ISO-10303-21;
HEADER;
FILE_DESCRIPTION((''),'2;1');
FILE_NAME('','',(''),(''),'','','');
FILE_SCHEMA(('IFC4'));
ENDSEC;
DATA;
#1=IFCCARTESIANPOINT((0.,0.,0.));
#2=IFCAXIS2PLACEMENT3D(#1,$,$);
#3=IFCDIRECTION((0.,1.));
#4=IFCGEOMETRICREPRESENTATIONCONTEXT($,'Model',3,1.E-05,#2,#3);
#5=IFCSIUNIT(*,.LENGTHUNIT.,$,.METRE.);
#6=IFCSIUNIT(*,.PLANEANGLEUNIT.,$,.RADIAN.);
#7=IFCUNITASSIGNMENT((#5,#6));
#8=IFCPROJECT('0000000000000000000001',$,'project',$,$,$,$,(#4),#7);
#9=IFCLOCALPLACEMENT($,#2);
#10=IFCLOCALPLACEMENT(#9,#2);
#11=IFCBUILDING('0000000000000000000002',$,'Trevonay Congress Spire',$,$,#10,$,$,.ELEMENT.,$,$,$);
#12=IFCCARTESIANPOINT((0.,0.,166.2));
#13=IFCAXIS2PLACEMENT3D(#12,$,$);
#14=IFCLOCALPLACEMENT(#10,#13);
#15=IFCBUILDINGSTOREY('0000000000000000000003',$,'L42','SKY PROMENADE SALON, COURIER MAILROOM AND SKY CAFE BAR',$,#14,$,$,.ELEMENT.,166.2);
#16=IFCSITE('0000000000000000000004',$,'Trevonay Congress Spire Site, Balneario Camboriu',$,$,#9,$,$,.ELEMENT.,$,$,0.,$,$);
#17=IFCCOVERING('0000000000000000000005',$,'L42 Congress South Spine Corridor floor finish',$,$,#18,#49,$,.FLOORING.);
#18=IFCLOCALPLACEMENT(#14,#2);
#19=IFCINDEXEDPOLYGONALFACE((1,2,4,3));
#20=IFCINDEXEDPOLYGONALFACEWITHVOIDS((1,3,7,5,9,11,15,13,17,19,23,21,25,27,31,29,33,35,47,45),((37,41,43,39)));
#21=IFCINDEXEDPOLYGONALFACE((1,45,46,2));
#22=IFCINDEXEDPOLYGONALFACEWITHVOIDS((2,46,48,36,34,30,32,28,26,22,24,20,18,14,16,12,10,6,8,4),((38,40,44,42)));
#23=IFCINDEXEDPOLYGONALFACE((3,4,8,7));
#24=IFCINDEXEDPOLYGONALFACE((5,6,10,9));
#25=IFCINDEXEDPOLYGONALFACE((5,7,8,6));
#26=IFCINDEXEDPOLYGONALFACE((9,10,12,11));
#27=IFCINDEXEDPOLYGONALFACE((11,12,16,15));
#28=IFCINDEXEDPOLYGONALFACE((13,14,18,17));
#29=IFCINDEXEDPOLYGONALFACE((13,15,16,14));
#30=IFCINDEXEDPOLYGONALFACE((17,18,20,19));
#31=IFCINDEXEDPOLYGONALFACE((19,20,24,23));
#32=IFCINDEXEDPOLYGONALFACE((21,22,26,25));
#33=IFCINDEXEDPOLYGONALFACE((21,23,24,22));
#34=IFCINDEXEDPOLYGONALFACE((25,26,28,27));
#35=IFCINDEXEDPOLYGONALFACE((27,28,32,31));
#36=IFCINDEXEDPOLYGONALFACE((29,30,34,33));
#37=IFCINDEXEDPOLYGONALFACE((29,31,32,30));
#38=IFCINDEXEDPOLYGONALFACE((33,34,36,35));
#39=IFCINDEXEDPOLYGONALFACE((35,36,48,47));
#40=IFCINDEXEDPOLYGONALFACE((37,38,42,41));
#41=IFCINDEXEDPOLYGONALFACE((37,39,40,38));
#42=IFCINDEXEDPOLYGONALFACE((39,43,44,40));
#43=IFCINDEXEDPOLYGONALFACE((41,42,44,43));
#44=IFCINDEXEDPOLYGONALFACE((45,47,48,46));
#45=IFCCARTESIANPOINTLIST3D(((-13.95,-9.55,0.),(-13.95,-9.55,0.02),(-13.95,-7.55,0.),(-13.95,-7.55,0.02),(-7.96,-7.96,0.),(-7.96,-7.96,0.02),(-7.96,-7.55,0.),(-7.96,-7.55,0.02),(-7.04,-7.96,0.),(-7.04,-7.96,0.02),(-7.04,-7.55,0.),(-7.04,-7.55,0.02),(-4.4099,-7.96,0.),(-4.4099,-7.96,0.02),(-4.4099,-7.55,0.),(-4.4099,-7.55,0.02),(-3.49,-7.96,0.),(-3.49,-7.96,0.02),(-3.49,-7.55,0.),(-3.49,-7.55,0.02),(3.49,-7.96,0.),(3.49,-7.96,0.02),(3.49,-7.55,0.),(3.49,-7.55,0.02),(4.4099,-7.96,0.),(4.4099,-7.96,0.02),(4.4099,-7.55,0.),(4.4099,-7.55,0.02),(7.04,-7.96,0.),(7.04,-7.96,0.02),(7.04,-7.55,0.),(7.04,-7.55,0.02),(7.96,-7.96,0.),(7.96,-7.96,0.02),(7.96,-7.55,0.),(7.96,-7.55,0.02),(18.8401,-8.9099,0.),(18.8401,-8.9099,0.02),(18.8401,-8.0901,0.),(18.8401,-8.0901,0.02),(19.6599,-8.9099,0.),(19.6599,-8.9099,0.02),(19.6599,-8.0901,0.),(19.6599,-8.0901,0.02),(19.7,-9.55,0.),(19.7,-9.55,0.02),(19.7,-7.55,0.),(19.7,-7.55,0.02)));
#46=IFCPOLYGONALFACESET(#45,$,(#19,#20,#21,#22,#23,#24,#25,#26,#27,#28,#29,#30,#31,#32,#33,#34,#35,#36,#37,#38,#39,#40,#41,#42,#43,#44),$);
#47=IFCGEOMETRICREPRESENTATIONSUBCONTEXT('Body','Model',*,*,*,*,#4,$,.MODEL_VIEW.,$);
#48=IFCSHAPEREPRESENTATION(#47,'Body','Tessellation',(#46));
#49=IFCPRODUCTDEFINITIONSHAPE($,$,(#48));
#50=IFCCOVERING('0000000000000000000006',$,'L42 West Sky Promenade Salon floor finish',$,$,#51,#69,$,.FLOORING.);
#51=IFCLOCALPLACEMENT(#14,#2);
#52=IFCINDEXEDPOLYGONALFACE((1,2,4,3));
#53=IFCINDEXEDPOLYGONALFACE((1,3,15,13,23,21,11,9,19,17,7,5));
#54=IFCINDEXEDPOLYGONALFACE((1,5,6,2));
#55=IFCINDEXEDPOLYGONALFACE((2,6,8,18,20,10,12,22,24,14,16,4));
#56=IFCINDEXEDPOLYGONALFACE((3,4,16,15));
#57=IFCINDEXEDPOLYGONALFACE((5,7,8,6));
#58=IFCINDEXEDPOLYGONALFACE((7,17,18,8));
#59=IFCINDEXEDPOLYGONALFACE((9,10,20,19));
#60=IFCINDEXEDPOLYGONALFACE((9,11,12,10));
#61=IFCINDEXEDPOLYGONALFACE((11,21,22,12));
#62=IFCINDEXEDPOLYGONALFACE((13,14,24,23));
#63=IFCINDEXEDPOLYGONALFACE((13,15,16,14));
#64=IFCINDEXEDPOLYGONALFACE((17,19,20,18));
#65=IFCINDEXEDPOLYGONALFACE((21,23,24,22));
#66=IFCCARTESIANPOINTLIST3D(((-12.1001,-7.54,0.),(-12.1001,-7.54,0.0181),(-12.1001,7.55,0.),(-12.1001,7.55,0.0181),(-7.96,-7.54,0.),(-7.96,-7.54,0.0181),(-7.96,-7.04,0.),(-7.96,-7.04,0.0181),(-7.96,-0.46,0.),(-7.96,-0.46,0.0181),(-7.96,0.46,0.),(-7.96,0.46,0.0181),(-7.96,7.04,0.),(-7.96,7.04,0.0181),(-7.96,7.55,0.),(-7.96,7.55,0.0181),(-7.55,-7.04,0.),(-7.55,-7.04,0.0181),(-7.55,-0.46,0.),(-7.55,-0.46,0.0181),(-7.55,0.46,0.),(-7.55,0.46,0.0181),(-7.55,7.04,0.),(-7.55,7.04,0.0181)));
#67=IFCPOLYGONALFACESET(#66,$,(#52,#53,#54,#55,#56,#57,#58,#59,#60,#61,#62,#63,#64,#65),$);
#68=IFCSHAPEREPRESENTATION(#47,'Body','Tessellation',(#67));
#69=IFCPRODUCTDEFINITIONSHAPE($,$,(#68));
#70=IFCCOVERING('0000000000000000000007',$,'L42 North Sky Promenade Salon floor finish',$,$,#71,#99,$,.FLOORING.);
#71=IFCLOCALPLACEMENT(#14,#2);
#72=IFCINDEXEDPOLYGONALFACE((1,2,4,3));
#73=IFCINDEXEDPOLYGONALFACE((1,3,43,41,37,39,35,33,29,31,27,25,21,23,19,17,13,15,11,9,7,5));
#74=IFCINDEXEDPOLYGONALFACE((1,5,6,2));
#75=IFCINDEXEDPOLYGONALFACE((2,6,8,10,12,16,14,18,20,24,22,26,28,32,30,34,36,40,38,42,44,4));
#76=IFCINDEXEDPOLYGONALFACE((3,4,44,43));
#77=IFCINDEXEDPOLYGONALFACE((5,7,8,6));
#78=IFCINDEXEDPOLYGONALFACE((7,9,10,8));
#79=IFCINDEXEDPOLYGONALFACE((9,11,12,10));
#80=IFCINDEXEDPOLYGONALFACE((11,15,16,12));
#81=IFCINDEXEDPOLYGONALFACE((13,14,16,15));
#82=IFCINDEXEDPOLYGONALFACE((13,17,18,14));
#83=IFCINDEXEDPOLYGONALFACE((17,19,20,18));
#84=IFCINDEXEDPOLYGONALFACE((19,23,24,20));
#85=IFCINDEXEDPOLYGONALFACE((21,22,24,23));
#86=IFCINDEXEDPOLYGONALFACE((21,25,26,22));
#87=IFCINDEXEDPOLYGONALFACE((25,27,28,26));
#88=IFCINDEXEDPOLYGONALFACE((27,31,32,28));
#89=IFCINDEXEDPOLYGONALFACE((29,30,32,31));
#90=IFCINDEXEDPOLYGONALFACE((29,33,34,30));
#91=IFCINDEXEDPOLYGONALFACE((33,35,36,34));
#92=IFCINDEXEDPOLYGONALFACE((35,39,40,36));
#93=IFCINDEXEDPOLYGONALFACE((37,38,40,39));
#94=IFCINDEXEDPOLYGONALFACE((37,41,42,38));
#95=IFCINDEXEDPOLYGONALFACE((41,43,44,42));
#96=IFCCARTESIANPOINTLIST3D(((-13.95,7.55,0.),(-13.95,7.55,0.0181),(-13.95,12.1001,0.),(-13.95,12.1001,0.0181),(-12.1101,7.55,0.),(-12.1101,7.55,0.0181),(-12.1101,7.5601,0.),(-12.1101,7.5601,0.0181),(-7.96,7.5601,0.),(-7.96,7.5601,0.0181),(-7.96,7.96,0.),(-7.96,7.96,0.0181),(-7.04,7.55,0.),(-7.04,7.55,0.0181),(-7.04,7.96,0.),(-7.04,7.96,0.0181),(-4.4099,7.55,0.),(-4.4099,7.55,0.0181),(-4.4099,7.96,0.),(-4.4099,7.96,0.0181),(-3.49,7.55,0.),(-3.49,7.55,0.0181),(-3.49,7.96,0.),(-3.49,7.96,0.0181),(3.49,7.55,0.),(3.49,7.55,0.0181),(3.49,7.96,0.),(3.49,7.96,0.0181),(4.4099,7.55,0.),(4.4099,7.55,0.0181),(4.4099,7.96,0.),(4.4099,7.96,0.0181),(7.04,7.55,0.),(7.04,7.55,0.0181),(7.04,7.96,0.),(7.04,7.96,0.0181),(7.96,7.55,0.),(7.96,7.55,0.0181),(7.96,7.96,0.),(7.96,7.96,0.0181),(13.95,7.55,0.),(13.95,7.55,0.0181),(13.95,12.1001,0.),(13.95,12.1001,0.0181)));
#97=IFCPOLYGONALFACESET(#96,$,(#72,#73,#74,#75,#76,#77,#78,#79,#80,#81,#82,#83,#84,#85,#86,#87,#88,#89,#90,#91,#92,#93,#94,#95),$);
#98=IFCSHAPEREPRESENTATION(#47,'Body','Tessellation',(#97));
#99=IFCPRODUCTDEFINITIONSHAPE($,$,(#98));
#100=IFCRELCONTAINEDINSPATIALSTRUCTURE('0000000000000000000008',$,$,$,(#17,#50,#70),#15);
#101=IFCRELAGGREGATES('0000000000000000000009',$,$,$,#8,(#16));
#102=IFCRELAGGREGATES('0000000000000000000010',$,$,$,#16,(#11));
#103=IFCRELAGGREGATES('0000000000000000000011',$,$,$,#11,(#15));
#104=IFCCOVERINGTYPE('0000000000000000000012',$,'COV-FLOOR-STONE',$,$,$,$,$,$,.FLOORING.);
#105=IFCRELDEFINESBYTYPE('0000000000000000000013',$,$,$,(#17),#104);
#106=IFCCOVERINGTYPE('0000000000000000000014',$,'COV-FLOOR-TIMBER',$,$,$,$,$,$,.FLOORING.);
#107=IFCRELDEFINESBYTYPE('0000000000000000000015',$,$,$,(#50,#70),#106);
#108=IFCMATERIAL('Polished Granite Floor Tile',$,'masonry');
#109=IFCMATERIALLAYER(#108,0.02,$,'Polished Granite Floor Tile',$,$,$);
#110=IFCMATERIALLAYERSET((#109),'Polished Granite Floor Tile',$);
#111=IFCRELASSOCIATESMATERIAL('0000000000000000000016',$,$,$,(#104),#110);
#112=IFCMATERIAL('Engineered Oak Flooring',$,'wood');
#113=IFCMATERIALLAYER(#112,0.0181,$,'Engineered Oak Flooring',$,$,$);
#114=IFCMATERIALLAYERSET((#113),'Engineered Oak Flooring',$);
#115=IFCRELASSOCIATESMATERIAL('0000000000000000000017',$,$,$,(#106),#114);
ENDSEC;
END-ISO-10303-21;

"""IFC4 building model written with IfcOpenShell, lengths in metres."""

from ifc_helpers import new_model, si_unit, direction, frame, origin, place, context, subcontext, project, spatial, polyline, outline, extrude, material, layer, layer_set, type_object, element, save


model = new_model("IFC4")

# Units and contexts
model_context = context("Model", 3, precision=1e-05, world=origin(), true_north=direction((0.0, 1.0)))
body_context = subcontext(model_context, "Body", "Model", "MODEL_VIEW")
ifc_project = project(units=[si_unit("LENGTHUNIT", "METRE"), si_unit("PLANEANGLEUNIT", "RADIAN")], contexts=[model_context])

# Site, building, storey
site_placement = place(None, origin())
site = spatial("IfcSite", under=ifc_project, at=site_placement, Name="Trevonay Congress Spire Site, Balneario Camboriu", CompositionType="ELEMENT", RefElevation=0.0)
building_placement = place(site_placement, origin())
building = spatial("IfcBuilding", under=site, at=building_placement, Name="Trevonay Congress Spire", CompositionType="ELEMENT")
storey_placement = place(building_placement, frame((0.0, 0.0, 166.2)))
storey = spatial("IfcBuildingStorey", under=building, at=storey_placement, Name="L42", Description="SKY PROMENADE SALON, COURIER MAILROOM AND SKY CAFE BAR", CompositionType="ELEMENT", Elevation=166.2)

# Coverings
ifc_material_1 = material(Name="Polished Granite Floor Tile", Category="masonry")
ifc_layer_1 = layer(ifc_material_1, 0.02, Name="Polished Granite Floor Tile")
ifc_layer_set_1 = layer_set([ifc_layer_1], Name="Polished Granite Floor Tile")
covering_type_1 = type_object("IfcCoveringType", Name="COV-FLOOR-STONE", PredefinedType="FLOORING", material=ifc_layer_set_1)
covering_1_placement = place(storey_placement, origin())
element("IfcCovering", 1, at=covering_1_placement, inside=storey, type_object=covering_type_1, Name="L42 Congress South Spine Corridor floor finish", PredefinedType="FLOORING", context=body_context, shape_type="SweptSolid", body=[
    extrude(outline(polyline([(19.7, -7.55), (19.7, -9.55), (-13.95, -9.55), (-13.95, -7.55), (-7.96, -7.55), (-7.96, -7.96), (-7.04, -7.96), (-7.04, -7.55), (-4.4099, -7.55), (-4.4099, -7.96), (-3.49, -7.96), (-3.49, -7.55), (3.49, -7.55), (3.49, -7.96), (4.4099, -7.96), (4.4099, -7.55), (7.04, -7.55), (7.04, -7.96), (7.96, -7.96), (7.96, -7.55), (19.7, -7.55)]), holes=[polyline([(18.8401, -8.0901), (18.8401, -8.9099), (19.6599, -8.9099), (19.6599, -8.0901), (18.8401, -8.0901)])]), origin(), (0.0, 0.0, 1.0), 0.02),
])
ifc_material_2 = material(Name="Engineered Oak Flooring", Category="wood")
ifc_layer_2 = layer(ifc_material_2, 0.0181, Name="Engineered Oak Flooring")
ifc_layer_set_2 = layer_set([ifc_layer_2], Name="Engineered Oak Flooring")
covering_type_2 = type_object("IfcCoveringType", Name="COV-FLOOR-TIMBER", PredefinedType="FLOORING", material=ifc_layer_set_2)
covering_2_placement = place(storey_placement, origin())
element("IfcCovering", 2, at=covering_2_placement, inside=storey, type_object=covering_type_2, Name="L42 West Sky Promenade Salon floor finish", PredefinedType="FLOORING", context=body_context, shape_type="SweptSolid", body=[
    extrude(outline(polyline([(-12.1001, 7.55), (-7.96, 7.55), (-7.96, 7.04), (-7.55, 7.04), (-7.55, 0.46), (-7.96, 0.46), (-7.96, -0.46), (-7.55, -0.46), (-7.55, -7.04), (-7.96, -7.04), (-7.96, -7.54), (-12.1001, -7.54), (-12.1001, 7.55)])), origin(), (0.0, 0.0, 1.0), 0.0181),
])
covering_3_placement = place(storey_placement, origin())
element("IfcCovering", 3, at=covering_3_placement, inside=storey, type_object=covering_type_2, Name="L42 North Sky Promenade Salon floor finish", PredefinedType="FLOORING", context=body_context, shape_type="SweptSolid", body=[
    extrude(outline(polyline([(-13.95, 12.1001), (13.95, 12.1001), (13.95, 7.55), (7.96, 7.55), (7.96, 7.96), (7.04, 7.96), (7.04, 7.55), (4.4099, 7.55), (4.4099, 7.96), (3.49, 7.96), (3.49, 7.55), (-3.49, 7.55), (-3.49, 7.96), (-4.4099, 7.96), (-4.4099, 7.55), (-7.04, 7.55), (-7.04, 7.96), (-7.96, 7.96), (-7.96, 7.5601), (-12.1101, 7.5601), (-12.1101, 7.55), (-13.95, 7.55), (-13.95, 12.1001)])), origin(), (0.0, 0.0, 1.0), 0.0181),
])

save(model, "model.ifc")
